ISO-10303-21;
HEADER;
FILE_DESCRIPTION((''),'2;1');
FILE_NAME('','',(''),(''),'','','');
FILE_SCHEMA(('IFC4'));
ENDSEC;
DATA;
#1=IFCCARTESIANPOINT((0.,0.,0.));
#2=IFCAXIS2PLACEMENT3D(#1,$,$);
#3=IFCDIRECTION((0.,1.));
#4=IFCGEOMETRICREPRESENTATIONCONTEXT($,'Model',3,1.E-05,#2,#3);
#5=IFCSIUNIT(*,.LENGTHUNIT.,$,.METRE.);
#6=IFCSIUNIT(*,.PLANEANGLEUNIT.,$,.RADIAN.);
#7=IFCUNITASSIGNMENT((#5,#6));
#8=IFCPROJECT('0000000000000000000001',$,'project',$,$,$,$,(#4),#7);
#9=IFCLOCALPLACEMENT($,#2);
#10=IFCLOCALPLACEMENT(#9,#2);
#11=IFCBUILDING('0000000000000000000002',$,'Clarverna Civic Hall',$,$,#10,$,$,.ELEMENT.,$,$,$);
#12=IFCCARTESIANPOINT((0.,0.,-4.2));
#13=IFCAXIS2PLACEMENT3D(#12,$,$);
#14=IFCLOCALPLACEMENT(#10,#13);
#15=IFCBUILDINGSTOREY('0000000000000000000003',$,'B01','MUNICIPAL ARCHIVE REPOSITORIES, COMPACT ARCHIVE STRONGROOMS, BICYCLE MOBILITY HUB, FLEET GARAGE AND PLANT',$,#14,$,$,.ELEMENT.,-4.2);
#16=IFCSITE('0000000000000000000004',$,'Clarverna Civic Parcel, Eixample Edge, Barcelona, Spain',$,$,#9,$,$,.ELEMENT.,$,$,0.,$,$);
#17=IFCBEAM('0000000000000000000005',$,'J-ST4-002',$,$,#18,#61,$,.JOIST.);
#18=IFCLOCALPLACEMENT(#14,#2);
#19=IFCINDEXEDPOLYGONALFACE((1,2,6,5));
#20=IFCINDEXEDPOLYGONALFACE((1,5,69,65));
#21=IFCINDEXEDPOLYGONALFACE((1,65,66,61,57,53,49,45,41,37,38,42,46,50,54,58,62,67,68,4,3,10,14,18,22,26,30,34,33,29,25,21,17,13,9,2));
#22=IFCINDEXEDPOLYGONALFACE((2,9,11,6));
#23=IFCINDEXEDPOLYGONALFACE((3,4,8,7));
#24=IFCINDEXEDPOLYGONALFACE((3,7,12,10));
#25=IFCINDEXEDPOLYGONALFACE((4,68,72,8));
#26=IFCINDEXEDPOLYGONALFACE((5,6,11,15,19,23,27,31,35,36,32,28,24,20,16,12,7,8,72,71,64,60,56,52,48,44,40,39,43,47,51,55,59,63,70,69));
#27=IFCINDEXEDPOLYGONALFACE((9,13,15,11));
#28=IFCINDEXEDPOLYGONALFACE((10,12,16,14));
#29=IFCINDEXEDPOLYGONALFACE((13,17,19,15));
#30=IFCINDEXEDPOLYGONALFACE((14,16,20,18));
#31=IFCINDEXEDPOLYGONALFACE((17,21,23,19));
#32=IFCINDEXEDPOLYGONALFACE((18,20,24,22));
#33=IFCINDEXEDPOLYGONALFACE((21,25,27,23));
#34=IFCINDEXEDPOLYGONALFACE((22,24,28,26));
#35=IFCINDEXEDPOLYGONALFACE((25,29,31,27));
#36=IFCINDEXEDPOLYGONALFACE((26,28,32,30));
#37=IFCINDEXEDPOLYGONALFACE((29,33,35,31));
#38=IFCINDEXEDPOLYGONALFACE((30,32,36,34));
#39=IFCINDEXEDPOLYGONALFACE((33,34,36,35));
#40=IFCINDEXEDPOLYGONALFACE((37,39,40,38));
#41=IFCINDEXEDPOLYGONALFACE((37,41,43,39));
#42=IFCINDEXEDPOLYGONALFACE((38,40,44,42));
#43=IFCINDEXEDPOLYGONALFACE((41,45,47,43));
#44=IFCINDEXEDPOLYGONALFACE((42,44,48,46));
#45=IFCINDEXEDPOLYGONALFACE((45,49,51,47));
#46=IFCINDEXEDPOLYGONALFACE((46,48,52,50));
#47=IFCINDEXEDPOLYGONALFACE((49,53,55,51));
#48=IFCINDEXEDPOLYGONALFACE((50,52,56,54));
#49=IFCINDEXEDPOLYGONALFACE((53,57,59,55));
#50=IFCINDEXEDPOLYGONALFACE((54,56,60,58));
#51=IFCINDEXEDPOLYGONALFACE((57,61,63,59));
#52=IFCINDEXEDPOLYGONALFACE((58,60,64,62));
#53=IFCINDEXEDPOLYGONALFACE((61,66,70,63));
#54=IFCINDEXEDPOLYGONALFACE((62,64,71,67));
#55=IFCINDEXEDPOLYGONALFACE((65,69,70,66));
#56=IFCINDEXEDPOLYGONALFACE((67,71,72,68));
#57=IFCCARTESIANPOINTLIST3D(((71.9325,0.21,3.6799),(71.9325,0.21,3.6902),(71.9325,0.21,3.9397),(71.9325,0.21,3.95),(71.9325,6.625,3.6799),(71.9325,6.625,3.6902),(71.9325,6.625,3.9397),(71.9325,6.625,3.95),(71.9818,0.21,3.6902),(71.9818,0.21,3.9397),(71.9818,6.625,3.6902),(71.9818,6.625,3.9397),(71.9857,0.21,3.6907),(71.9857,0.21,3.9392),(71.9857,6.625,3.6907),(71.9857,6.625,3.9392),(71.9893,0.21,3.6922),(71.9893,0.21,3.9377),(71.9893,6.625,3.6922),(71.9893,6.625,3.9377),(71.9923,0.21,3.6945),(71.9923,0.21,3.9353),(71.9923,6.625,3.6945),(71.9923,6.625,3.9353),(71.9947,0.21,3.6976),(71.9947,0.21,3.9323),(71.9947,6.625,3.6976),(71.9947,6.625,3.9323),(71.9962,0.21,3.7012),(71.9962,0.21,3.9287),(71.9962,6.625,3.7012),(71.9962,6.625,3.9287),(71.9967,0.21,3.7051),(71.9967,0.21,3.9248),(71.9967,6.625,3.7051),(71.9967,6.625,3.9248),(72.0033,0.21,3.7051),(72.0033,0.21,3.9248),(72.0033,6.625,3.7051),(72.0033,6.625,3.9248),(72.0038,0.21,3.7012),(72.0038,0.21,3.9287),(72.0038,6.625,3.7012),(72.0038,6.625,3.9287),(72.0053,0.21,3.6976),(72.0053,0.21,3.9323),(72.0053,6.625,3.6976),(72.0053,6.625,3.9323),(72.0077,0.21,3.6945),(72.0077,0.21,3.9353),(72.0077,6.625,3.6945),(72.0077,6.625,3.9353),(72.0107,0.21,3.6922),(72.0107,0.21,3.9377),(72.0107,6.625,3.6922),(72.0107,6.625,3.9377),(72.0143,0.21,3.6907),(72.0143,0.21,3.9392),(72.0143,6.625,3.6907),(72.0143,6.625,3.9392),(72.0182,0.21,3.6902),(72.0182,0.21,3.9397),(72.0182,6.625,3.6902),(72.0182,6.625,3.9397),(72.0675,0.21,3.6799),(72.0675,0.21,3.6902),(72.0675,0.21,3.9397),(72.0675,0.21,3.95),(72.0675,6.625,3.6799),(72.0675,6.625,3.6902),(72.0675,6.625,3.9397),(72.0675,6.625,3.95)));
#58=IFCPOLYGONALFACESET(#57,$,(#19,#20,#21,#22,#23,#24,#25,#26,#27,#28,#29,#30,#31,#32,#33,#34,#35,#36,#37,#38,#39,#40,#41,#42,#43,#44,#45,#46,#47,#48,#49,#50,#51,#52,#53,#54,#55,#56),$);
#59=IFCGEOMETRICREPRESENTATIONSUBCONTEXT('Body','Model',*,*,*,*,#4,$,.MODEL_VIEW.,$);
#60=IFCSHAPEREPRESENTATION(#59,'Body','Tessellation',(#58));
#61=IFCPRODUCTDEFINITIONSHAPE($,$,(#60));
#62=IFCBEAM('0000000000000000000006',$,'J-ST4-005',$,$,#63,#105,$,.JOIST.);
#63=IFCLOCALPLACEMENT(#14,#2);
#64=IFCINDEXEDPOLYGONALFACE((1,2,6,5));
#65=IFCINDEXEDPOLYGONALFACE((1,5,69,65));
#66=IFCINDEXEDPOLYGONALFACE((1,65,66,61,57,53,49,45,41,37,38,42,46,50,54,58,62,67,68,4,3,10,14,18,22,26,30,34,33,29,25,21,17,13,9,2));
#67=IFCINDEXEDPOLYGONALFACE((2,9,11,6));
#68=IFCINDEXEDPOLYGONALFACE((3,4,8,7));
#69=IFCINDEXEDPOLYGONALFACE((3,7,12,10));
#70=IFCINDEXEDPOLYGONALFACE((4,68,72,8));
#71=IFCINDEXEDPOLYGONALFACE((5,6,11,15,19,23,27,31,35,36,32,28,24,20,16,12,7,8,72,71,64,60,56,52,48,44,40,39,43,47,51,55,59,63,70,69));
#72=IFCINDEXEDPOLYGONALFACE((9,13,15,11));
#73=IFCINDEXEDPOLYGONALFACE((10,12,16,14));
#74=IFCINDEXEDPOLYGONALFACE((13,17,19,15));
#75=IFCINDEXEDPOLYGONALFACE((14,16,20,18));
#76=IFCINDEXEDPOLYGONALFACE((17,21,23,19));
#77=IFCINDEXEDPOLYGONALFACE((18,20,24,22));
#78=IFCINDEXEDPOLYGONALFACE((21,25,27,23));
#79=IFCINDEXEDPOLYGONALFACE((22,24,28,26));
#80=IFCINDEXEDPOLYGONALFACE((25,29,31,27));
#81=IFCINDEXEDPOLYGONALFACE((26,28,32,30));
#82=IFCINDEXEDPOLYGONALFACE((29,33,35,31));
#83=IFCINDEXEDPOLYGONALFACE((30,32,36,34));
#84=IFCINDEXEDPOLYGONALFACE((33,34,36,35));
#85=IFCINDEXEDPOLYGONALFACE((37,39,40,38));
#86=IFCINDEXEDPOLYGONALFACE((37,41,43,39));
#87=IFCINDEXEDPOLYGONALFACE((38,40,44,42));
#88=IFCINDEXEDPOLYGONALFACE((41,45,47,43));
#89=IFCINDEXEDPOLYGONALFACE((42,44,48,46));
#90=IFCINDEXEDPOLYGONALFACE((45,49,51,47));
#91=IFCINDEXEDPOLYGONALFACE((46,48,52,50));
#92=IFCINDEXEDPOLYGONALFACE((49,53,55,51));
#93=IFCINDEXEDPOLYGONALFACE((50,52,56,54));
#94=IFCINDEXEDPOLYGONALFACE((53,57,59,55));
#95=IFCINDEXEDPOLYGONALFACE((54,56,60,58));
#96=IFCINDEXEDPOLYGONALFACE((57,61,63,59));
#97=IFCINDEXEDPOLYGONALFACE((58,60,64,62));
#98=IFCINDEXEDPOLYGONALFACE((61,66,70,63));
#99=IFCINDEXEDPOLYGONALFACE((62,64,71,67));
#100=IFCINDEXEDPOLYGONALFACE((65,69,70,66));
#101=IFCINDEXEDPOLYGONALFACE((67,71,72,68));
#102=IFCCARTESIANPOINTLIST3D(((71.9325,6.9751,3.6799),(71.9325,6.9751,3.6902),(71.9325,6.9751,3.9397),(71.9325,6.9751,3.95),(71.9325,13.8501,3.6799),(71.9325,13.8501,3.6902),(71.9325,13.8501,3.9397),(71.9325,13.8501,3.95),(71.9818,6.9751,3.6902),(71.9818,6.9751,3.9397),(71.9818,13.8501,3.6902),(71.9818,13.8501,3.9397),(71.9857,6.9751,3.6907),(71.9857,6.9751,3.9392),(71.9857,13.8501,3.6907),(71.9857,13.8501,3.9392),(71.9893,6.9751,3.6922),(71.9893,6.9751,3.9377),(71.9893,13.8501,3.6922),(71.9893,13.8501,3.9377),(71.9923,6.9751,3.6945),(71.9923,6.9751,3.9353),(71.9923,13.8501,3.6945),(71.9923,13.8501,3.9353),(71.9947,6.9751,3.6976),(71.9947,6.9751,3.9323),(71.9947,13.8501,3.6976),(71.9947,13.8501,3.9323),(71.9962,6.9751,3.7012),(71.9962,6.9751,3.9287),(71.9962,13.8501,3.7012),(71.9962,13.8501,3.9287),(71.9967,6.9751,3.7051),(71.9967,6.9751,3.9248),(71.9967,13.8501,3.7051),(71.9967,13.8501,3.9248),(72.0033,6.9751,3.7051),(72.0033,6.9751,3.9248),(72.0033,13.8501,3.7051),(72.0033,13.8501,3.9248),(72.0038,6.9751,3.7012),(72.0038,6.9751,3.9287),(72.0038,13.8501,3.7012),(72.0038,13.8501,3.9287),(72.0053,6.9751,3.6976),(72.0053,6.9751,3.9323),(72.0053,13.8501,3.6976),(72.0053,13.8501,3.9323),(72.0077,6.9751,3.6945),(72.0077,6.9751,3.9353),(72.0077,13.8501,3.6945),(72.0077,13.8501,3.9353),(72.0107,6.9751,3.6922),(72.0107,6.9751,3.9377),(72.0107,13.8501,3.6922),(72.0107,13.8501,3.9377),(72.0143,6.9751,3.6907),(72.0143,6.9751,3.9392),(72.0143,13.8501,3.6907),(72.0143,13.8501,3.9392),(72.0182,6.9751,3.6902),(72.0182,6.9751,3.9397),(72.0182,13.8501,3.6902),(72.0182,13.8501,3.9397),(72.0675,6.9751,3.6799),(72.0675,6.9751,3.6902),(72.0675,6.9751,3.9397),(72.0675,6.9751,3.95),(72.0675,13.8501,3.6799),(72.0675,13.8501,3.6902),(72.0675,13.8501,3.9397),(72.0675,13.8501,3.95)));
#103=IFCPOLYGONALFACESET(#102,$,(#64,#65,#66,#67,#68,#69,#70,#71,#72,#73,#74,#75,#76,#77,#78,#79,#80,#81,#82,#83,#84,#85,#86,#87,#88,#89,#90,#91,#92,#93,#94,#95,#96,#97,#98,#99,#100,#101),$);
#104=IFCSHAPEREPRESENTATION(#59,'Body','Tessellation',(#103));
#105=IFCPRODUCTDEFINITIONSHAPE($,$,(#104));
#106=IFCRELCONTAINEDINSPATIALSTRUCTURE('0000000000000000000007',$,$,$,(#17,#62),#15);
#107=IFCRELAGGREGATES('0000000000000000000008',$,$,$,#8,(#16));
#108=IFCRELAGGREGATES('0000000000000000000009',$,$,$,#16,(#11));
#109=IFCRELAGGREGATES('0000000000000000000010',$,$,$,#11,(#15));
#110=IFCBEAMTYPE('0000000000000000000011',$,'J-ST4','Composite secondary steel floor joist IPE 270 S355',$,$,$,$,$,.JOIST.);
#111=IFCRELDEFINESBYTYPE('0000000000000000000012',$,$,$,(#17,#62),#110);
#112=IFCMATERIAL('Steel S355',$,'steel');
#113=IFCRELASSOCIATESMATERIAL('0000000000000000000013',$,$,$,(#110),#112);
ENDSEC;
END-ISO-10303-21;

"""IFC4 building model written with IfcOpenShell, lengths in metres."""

from ifc_helpers import new_model, si_unit, direction, frame, origin, origin_2d, place, context, subcontext, project, spatial, i_section, extrude, material, material_profile, profile_set, type_object, element, save


model = new_model("IFC4")

# Units and contexts
model_context = context("Model", 3, precision=1e-05, world=origin(), true_north=direction((0.0, 1.0)))
body_context = subcontext(model_context, "Body", "Model", "MODEL_VIEW")
ifc_project = project(units=[si_unit("LENGTHUNIT", "METRE"), si_unit("PLANEANGLEUNIT", "RADIAN")], contexts=[model_context])

# Site, building, storey
site_placement = place(None, origin())
site = spatial("IfcSite", under=ifc_project, at=site_placement, Name="Clarverna Civic Parcel, Eixample Edge, Barcelona, Spain", CompositionType="ELEMENT", RefElevation=0.0)
building_placement = place(site_placement, origin())
building = spatial("IfcBuilding", under=site, at=building_placement, Name="Clarverna Civic Hall", CompositionType="ELEMENT")
storey_placement = place(building_placement, frame((0.0, 0.0, -4.2)))
storey = spatial("IfcBuildingStorey", under=building, at=storey_placement, Name="B01", Description="MUNICIPAL ARCHIVE REPOSITORIES, COMPACT ARCHIVE STRONGROOMS, BICYCLE MOBILITY HUB, FLEET GARAGE AND PLANT", CompositionType="ELEMENT", Elevation=-4.2)

# Shared definitions
ifc_material_1 = material(Name="Steel S355", Category="steel")

# Beams
ifc_material_profile_1 = material_profile(ifc_material_1, i_section(OverallWidth=0.135, OverallDepth=0.27, WebThickness=0.0066, FlangeThickness=0.0103, FilletRadius=0.0149, at=origin_2d()), Name="IPE 270")
ifc_profile_set_1 = profile_set([ifc_material_profile_1], Name="Steel S355")
beam_type_1 = type_object("IfcBeamType", Name="J-ST4", Description="Composite secondary steel floor joist IPE 270 S355", PredefinedType="JOIST", material=ifc_profile_set_1)
beam_1_placement = place(storey_placement, frame((72.0, 0.21, 3.8149), z_axis=(0.0, 1.0, 0.0), x_axis=(-1.0, 0.0, 0.0)))
element("IfcBeam", 1, at=beam_1_placement, inside=storey, type_object=beam_type_1, Name="J-ST4-002", PredefinedType="JOIST", context=body_context, shape_type="SweptSolid", body=[
    extrude(i_section(OverallWidth=0.135, OverallDepth=0.27, WebThickness=0.0066, FlangeThickness=0.0103, FilletRadius=0.0149, at=origin_2d()), origin(), (0.0, 0.0, 1.0), 6.415),
])
beam_2_placement = place(storey_placement, frame((72.0, 6.9751, 3.8149), z_axis=(0.0, 1.0, 0.0), x_axis=(-1.0, 0.0, 0.0)))
element("IfcBeam", 2, at=beam_2_placement, inside=storey, type_object=beam_type_1, Name="J-ST4-005", PredefinedType="JOIST", context=body_context, shape_type="SweptSolid", body=[
    extrude(i_section(OverallWidth=0.135, OverallDepth=0.27, WebThickness=0.0066, FlangeThickness=0.0103, FilletRadius=0.0149, at=origin_2d()), origin(), (0.0, 0.0, 1.0), 6.875),
])

save(model, "model.ifc")
